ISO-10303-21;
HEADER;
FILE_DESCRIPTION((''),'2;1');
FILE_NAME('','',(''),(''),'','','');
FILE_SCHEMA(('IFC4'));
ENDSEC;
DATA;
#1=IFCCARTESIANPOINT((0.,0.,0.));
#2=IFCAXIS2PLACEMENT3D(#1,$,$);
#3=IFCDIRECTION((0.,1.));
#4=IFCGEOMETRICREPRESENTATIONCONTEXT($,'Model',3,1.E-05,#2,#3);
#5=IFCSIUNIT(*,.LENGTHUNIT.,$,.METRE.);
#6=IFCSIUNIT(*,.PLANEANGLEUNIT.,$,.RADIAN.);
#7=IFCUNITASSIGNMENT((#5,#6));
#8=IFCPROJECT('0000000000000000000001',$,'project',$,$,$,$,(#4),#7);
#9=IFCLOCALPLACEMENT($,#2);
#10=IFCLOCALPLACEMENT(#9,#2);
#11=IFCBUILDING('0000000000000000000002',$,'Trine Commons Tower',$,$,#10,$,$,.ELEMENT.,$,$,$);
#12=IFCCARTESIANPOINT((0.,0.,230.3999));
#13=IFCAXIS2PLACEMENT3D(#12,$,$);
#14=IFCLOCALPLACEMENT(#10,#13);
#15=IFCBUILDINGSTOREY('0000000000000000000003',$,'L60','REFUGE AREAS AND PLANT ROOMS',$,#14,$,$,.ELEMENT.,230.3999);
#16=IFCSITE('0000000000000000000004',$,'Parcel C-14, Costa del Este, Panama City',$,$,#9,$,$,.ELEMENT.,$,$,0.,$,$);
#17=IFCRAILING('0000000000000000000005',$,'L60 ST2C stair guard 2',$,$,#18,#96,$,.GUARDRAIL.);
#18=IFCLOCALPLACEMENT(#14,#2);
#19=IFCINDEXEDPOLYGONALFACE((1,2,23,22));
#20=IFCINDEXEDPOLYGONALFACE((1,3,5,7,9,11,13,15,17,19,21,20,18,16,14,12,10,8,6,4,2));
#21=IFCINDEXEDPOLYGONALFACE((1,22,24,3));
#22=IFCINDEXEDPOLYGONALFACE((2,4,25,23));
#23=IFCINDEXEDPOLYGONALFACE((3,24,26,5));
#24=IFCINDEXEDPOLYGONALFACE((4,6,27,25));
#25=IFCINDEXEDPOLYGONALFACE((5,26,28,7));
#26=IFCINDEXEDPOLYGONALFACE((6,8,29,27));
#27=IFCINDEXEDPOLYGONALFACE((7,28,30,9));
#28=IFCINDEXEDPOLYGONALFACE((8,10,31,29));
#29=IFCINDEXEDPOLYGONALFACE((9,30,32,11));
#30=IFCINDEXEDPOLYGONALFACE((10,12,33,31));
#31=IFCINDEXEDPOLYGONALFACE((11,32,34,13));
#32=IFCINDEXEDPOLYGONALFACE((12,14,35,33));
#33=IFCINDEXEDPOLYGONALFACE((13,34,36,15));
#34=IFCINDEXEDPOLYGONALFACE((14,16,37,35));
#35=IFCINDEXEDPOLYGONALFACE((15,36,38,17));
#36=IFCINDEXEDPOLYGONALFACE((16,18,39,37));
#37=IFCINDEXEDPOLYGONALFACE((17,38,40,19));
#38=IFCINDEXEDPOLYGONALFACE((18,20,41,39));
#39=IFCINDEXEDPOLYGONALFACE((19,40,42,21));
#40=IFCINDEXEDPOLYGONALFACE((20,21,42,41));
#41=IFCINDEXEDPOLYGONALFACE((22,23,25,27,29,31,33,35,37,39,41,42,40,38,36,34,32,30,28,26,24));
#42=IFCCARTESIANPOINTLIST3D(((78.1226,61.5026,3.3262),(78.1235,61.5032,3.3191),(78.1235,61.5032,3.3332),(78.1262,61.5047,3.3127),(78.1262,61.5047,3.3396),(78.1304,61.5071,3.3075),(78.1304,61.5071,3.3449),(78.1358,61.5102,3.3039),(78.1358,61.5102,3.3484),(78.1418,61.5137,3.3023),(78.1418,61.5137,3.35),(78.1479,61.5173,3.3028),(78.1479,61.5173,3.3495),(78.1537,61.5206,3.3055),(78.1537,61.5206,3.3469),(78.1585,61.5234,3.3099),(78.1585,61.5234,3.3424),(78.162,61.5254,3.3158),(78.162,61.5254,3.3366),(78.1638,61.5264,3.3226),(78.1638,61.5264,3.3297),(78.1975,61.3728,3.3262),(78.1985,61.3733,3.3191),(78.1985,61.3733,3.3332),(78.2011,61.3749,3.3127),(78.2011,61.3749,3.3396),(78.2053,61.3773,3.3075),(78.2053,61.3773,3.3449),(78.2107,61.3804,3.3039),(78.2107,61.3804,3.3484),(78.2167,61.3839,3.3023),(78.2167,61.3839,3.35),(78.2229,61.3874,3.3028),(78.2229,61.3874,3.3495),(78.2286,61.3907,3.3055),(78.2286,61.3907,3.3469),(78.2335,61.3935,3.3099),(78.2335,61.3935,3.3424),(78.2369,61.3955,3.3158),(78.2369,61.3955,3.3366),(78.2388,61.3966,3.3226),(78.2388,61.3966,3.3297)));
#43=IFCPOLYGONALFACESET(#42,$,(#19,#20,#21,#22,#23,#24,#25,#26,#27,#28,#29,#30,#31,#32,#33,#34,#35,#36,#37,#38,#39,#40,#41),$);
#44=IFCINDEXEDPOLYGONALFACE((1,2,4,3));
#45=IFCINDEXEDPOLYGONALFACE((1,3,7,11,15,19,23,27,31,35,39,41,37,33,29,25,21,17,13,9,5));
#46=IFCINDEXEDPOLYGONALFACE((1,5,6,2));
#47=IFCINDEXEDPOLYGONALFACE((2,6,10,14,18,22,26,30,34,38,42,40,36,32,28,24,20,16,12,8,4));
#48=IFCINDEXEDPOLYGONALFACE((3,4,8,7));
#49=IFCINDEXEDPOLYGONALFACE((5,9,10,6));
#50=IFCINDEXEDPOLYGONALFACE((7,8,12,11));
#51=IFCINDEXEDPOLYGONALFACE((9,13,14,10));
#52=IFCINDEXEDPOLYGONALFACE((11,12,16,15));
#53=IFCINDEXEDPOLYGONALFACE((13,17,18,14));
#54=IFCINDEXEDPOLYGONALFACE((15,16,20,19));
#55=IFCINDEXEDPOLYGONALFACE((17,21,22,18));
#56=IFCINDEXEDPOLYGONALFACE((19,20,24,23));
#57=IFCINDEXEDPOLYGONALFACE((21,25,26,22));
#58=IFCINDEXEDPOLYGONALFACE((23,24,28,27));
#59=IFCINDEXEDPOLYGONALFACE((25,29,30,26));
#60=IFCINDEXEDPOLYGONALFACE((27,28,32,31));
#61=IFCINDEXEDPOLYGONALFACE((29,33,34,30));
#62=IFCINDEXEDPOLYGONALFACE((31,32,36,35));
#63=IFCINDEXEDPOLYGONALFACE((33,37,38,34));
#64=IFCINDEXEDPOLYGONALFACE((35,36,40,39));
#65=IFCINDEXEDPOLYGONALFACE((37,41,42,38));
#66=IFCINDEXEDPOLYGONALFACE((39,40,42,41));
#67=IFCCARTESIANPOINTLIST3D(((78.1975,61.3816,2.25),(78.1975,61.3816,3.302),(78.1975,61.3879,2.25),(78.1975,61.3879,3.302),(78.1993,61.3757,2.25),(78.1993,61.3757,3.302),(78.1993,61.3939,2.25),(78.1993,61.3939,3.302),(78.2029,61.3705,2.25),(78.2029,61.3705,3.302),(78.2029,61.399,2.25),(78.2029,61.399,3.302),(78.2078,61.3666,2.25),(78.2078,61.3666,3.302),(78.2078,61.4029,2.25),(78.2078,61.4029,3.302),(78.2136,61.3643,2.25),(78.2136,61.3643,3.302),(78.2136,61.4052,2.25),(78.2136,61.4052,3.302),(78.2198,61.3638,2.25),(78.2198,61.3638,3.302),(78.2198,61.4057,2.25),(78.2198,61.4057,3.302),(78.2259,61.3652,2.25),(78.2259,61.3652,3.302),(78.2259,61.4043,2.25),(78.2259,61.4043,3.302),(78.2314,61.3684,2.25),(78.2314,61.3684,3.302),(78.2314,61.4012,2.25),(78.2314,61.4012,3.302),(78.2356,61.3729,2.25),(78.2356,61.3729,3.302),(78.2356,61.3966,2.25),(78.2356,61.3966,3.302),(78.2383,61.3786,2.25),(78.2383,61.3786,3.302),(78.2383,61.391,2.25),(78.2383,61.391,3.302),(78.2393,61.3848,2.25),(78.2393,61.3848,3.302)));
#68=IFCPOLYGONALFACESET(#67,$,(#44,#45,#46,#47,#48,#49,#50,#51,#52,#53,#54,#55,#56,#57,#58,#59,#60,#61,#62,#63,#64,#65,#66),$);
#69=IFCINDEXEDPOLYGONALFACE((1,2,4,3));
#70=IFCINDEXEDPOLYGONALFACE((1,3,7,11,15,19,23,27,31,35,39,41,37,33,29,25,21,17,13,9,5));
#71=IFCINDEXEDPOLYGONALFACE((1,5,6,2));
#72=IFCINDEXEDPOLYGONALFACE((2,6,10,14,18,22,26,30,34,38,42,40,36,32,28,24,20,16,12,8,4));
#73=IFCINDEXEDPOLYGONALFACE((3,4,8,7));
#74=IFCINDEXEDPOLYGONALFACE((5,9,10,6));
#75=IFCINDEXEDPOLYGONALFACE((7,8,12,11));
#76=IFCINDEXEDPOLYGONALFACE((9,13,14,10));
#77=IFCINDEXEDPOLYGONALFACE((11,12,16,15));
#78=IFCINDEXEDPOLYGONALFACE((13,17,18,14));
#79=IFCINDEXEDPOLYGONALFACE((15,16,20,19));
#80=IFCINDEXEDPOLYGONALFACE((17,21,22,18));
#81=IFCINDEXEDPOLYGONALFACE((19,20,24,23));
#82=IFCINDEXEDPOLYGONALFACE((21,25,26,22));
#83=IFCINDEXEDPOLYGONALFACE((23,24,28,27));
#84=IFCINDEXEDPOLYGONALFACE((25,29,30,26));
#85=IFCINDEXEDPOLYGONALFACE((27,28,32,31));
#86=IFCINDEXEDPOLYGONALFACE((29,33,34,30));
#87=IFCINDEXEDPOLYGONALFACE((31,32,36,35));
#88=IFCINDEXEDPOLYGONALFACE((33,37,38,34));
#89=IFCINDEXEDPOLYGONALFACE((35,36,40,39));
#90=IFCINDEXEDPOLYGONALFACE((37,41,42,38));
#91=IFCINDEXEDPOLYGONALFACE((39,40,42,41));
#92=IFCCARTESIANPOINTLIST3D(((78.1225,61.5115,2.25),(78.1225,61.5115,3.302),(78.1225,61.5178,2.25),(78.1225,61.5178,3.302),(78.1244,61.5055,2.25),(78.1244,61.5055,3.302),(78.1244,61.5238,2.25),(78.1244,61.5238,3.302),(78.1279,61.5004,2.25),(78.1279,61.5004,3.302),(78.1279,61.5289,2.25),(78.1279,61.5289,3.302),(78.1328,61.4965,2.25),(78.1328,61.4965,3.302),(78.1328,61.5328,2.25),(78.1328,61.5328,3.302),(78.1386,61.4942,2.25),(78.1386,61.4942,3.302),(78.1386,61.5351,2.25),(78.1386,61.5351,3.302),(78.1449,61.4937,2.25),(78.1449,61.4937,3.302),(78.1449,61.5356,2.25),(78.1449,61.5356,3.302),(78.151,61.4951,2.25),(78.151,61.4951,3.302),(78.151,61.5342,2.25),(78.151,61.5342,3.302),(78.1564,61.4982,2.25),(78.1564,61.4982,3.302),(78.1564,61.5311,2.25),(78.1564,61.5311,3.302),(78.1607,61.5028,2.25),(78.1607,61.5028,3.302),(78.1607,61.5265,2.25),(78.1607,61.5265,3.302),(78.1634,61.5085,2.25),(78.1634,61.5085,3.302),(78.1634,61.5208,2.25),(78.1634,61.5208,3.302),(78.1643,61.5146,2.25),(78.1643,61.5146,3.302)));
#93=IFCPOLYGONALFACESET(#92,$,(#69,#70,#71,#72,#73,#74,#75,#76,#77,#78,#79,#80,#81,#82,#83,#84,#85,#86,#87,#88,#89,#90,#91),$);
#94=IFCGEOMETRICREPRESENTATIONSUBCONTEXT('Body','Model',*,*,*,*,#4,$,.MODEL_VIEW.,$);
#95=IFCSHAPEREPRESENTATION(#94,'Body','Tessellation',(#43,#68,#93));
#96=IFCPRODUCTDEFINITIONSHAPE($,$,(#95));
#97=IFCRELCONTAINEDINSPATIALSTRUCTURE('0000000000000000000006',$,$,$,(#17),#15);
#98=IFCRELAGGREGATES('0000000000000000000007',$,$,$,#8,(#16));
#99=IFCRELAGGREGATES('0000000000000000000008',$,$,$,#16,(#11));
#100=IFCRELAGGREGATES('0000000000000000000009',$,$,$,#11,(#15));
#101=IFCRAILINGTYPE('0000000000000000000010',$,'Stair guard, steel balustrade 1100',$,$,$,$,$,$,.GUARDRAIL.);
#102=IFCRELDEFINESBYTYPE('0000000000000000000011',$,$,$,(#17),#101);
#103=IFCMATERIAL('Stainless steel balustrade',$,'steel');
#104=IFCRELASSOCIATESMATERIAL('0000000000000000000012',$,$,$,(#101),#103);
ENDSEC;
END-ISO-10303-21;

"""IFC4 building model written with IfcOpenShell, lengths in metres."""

from ifc_helpers import new_model, si_unit, direction, frame, origin, origin_2d, place, context, subcontext, project, spatial, circle, extrude, material, type_object, element, save


model = new_model("IFC4")

# Units and contexts
model_context = context("Model", 3, precision=1e-05, world=origin(), true_north=direction((0.0, 1.0)))
body_context = subcontext(model_context, "Body", "Model", "MODEL_VIEW")
ifc_project = project(units=[si_unit("LENGTHUNIT", "METRE"), si_unit("PLANEANGLEUNIT", "RADIAN")], contexts=[model_context])

# Site, building, storey
site_placement = place(None, origin())
site = spatial("IfcSite", under=ifc_project, at=site_placement, Name="Parcel C-14, Costa del Este, Panama City", CompositionType="ELEMENT", RefElevation=0.0)
building_placement = place(site_placement, origin())
building = spatial("IfcBuilding", under=site, at=building_placement, Name="Trine Commons Tower", CompositionType="ELEMENT")
storey_placement = place(building_placement, frame((0.0, 0.0, 230.3999)))
storey = spatial("IfcBuildingStorey", under=building, at=storey_placement, Name="L60", Description="REFUGE AREAS AND PLANT ROOMS", CompositionType="ELEMENT", Elevation=230.3999)

# Railing
ifc_material_1 = material(Name="Stainless steel balustrade", Category="steel")
railing_type_1 = type_object("IfcRailingType", Name="Stair guard, steel balustrade 1100", PredefinedType="GUARDRAIL", material=ifc_material_1)
railing_1_placement = place(storey_placement, frame((78.2183, 61.3848, 2.25)))
element("IfcRailing", 1, at=railing_1_placement, inside=storey, type_object=railing_type_1, Name="L60 ST2C stair guard 2", PredefinedType="GUARDRAIL", context=body_context, shape_type="SweptSolid", body=[
    extrude(circle(Radius=0.0239, at=origin_2d()), frame((0.0, 0.0, 1.0762), z_axis=(-0.499816, 0.866131, 0.0), x_axis=(-0.866131, -0.499816, 0.0)), (0.0, 0.0, 1.0), 0.1499),
    extrude(circle(Radius=0.021, at=origin_2d()), origin(), (0.0, 0.0, 1.0), 1.052),
    extrude(circle(Radius=0.021, at=origin_2d()), frame((-0.075, 0.1299, 0.0)), (0.0, 0.0, 1.0), 1.052),
])

save(model, "model.ifc")
